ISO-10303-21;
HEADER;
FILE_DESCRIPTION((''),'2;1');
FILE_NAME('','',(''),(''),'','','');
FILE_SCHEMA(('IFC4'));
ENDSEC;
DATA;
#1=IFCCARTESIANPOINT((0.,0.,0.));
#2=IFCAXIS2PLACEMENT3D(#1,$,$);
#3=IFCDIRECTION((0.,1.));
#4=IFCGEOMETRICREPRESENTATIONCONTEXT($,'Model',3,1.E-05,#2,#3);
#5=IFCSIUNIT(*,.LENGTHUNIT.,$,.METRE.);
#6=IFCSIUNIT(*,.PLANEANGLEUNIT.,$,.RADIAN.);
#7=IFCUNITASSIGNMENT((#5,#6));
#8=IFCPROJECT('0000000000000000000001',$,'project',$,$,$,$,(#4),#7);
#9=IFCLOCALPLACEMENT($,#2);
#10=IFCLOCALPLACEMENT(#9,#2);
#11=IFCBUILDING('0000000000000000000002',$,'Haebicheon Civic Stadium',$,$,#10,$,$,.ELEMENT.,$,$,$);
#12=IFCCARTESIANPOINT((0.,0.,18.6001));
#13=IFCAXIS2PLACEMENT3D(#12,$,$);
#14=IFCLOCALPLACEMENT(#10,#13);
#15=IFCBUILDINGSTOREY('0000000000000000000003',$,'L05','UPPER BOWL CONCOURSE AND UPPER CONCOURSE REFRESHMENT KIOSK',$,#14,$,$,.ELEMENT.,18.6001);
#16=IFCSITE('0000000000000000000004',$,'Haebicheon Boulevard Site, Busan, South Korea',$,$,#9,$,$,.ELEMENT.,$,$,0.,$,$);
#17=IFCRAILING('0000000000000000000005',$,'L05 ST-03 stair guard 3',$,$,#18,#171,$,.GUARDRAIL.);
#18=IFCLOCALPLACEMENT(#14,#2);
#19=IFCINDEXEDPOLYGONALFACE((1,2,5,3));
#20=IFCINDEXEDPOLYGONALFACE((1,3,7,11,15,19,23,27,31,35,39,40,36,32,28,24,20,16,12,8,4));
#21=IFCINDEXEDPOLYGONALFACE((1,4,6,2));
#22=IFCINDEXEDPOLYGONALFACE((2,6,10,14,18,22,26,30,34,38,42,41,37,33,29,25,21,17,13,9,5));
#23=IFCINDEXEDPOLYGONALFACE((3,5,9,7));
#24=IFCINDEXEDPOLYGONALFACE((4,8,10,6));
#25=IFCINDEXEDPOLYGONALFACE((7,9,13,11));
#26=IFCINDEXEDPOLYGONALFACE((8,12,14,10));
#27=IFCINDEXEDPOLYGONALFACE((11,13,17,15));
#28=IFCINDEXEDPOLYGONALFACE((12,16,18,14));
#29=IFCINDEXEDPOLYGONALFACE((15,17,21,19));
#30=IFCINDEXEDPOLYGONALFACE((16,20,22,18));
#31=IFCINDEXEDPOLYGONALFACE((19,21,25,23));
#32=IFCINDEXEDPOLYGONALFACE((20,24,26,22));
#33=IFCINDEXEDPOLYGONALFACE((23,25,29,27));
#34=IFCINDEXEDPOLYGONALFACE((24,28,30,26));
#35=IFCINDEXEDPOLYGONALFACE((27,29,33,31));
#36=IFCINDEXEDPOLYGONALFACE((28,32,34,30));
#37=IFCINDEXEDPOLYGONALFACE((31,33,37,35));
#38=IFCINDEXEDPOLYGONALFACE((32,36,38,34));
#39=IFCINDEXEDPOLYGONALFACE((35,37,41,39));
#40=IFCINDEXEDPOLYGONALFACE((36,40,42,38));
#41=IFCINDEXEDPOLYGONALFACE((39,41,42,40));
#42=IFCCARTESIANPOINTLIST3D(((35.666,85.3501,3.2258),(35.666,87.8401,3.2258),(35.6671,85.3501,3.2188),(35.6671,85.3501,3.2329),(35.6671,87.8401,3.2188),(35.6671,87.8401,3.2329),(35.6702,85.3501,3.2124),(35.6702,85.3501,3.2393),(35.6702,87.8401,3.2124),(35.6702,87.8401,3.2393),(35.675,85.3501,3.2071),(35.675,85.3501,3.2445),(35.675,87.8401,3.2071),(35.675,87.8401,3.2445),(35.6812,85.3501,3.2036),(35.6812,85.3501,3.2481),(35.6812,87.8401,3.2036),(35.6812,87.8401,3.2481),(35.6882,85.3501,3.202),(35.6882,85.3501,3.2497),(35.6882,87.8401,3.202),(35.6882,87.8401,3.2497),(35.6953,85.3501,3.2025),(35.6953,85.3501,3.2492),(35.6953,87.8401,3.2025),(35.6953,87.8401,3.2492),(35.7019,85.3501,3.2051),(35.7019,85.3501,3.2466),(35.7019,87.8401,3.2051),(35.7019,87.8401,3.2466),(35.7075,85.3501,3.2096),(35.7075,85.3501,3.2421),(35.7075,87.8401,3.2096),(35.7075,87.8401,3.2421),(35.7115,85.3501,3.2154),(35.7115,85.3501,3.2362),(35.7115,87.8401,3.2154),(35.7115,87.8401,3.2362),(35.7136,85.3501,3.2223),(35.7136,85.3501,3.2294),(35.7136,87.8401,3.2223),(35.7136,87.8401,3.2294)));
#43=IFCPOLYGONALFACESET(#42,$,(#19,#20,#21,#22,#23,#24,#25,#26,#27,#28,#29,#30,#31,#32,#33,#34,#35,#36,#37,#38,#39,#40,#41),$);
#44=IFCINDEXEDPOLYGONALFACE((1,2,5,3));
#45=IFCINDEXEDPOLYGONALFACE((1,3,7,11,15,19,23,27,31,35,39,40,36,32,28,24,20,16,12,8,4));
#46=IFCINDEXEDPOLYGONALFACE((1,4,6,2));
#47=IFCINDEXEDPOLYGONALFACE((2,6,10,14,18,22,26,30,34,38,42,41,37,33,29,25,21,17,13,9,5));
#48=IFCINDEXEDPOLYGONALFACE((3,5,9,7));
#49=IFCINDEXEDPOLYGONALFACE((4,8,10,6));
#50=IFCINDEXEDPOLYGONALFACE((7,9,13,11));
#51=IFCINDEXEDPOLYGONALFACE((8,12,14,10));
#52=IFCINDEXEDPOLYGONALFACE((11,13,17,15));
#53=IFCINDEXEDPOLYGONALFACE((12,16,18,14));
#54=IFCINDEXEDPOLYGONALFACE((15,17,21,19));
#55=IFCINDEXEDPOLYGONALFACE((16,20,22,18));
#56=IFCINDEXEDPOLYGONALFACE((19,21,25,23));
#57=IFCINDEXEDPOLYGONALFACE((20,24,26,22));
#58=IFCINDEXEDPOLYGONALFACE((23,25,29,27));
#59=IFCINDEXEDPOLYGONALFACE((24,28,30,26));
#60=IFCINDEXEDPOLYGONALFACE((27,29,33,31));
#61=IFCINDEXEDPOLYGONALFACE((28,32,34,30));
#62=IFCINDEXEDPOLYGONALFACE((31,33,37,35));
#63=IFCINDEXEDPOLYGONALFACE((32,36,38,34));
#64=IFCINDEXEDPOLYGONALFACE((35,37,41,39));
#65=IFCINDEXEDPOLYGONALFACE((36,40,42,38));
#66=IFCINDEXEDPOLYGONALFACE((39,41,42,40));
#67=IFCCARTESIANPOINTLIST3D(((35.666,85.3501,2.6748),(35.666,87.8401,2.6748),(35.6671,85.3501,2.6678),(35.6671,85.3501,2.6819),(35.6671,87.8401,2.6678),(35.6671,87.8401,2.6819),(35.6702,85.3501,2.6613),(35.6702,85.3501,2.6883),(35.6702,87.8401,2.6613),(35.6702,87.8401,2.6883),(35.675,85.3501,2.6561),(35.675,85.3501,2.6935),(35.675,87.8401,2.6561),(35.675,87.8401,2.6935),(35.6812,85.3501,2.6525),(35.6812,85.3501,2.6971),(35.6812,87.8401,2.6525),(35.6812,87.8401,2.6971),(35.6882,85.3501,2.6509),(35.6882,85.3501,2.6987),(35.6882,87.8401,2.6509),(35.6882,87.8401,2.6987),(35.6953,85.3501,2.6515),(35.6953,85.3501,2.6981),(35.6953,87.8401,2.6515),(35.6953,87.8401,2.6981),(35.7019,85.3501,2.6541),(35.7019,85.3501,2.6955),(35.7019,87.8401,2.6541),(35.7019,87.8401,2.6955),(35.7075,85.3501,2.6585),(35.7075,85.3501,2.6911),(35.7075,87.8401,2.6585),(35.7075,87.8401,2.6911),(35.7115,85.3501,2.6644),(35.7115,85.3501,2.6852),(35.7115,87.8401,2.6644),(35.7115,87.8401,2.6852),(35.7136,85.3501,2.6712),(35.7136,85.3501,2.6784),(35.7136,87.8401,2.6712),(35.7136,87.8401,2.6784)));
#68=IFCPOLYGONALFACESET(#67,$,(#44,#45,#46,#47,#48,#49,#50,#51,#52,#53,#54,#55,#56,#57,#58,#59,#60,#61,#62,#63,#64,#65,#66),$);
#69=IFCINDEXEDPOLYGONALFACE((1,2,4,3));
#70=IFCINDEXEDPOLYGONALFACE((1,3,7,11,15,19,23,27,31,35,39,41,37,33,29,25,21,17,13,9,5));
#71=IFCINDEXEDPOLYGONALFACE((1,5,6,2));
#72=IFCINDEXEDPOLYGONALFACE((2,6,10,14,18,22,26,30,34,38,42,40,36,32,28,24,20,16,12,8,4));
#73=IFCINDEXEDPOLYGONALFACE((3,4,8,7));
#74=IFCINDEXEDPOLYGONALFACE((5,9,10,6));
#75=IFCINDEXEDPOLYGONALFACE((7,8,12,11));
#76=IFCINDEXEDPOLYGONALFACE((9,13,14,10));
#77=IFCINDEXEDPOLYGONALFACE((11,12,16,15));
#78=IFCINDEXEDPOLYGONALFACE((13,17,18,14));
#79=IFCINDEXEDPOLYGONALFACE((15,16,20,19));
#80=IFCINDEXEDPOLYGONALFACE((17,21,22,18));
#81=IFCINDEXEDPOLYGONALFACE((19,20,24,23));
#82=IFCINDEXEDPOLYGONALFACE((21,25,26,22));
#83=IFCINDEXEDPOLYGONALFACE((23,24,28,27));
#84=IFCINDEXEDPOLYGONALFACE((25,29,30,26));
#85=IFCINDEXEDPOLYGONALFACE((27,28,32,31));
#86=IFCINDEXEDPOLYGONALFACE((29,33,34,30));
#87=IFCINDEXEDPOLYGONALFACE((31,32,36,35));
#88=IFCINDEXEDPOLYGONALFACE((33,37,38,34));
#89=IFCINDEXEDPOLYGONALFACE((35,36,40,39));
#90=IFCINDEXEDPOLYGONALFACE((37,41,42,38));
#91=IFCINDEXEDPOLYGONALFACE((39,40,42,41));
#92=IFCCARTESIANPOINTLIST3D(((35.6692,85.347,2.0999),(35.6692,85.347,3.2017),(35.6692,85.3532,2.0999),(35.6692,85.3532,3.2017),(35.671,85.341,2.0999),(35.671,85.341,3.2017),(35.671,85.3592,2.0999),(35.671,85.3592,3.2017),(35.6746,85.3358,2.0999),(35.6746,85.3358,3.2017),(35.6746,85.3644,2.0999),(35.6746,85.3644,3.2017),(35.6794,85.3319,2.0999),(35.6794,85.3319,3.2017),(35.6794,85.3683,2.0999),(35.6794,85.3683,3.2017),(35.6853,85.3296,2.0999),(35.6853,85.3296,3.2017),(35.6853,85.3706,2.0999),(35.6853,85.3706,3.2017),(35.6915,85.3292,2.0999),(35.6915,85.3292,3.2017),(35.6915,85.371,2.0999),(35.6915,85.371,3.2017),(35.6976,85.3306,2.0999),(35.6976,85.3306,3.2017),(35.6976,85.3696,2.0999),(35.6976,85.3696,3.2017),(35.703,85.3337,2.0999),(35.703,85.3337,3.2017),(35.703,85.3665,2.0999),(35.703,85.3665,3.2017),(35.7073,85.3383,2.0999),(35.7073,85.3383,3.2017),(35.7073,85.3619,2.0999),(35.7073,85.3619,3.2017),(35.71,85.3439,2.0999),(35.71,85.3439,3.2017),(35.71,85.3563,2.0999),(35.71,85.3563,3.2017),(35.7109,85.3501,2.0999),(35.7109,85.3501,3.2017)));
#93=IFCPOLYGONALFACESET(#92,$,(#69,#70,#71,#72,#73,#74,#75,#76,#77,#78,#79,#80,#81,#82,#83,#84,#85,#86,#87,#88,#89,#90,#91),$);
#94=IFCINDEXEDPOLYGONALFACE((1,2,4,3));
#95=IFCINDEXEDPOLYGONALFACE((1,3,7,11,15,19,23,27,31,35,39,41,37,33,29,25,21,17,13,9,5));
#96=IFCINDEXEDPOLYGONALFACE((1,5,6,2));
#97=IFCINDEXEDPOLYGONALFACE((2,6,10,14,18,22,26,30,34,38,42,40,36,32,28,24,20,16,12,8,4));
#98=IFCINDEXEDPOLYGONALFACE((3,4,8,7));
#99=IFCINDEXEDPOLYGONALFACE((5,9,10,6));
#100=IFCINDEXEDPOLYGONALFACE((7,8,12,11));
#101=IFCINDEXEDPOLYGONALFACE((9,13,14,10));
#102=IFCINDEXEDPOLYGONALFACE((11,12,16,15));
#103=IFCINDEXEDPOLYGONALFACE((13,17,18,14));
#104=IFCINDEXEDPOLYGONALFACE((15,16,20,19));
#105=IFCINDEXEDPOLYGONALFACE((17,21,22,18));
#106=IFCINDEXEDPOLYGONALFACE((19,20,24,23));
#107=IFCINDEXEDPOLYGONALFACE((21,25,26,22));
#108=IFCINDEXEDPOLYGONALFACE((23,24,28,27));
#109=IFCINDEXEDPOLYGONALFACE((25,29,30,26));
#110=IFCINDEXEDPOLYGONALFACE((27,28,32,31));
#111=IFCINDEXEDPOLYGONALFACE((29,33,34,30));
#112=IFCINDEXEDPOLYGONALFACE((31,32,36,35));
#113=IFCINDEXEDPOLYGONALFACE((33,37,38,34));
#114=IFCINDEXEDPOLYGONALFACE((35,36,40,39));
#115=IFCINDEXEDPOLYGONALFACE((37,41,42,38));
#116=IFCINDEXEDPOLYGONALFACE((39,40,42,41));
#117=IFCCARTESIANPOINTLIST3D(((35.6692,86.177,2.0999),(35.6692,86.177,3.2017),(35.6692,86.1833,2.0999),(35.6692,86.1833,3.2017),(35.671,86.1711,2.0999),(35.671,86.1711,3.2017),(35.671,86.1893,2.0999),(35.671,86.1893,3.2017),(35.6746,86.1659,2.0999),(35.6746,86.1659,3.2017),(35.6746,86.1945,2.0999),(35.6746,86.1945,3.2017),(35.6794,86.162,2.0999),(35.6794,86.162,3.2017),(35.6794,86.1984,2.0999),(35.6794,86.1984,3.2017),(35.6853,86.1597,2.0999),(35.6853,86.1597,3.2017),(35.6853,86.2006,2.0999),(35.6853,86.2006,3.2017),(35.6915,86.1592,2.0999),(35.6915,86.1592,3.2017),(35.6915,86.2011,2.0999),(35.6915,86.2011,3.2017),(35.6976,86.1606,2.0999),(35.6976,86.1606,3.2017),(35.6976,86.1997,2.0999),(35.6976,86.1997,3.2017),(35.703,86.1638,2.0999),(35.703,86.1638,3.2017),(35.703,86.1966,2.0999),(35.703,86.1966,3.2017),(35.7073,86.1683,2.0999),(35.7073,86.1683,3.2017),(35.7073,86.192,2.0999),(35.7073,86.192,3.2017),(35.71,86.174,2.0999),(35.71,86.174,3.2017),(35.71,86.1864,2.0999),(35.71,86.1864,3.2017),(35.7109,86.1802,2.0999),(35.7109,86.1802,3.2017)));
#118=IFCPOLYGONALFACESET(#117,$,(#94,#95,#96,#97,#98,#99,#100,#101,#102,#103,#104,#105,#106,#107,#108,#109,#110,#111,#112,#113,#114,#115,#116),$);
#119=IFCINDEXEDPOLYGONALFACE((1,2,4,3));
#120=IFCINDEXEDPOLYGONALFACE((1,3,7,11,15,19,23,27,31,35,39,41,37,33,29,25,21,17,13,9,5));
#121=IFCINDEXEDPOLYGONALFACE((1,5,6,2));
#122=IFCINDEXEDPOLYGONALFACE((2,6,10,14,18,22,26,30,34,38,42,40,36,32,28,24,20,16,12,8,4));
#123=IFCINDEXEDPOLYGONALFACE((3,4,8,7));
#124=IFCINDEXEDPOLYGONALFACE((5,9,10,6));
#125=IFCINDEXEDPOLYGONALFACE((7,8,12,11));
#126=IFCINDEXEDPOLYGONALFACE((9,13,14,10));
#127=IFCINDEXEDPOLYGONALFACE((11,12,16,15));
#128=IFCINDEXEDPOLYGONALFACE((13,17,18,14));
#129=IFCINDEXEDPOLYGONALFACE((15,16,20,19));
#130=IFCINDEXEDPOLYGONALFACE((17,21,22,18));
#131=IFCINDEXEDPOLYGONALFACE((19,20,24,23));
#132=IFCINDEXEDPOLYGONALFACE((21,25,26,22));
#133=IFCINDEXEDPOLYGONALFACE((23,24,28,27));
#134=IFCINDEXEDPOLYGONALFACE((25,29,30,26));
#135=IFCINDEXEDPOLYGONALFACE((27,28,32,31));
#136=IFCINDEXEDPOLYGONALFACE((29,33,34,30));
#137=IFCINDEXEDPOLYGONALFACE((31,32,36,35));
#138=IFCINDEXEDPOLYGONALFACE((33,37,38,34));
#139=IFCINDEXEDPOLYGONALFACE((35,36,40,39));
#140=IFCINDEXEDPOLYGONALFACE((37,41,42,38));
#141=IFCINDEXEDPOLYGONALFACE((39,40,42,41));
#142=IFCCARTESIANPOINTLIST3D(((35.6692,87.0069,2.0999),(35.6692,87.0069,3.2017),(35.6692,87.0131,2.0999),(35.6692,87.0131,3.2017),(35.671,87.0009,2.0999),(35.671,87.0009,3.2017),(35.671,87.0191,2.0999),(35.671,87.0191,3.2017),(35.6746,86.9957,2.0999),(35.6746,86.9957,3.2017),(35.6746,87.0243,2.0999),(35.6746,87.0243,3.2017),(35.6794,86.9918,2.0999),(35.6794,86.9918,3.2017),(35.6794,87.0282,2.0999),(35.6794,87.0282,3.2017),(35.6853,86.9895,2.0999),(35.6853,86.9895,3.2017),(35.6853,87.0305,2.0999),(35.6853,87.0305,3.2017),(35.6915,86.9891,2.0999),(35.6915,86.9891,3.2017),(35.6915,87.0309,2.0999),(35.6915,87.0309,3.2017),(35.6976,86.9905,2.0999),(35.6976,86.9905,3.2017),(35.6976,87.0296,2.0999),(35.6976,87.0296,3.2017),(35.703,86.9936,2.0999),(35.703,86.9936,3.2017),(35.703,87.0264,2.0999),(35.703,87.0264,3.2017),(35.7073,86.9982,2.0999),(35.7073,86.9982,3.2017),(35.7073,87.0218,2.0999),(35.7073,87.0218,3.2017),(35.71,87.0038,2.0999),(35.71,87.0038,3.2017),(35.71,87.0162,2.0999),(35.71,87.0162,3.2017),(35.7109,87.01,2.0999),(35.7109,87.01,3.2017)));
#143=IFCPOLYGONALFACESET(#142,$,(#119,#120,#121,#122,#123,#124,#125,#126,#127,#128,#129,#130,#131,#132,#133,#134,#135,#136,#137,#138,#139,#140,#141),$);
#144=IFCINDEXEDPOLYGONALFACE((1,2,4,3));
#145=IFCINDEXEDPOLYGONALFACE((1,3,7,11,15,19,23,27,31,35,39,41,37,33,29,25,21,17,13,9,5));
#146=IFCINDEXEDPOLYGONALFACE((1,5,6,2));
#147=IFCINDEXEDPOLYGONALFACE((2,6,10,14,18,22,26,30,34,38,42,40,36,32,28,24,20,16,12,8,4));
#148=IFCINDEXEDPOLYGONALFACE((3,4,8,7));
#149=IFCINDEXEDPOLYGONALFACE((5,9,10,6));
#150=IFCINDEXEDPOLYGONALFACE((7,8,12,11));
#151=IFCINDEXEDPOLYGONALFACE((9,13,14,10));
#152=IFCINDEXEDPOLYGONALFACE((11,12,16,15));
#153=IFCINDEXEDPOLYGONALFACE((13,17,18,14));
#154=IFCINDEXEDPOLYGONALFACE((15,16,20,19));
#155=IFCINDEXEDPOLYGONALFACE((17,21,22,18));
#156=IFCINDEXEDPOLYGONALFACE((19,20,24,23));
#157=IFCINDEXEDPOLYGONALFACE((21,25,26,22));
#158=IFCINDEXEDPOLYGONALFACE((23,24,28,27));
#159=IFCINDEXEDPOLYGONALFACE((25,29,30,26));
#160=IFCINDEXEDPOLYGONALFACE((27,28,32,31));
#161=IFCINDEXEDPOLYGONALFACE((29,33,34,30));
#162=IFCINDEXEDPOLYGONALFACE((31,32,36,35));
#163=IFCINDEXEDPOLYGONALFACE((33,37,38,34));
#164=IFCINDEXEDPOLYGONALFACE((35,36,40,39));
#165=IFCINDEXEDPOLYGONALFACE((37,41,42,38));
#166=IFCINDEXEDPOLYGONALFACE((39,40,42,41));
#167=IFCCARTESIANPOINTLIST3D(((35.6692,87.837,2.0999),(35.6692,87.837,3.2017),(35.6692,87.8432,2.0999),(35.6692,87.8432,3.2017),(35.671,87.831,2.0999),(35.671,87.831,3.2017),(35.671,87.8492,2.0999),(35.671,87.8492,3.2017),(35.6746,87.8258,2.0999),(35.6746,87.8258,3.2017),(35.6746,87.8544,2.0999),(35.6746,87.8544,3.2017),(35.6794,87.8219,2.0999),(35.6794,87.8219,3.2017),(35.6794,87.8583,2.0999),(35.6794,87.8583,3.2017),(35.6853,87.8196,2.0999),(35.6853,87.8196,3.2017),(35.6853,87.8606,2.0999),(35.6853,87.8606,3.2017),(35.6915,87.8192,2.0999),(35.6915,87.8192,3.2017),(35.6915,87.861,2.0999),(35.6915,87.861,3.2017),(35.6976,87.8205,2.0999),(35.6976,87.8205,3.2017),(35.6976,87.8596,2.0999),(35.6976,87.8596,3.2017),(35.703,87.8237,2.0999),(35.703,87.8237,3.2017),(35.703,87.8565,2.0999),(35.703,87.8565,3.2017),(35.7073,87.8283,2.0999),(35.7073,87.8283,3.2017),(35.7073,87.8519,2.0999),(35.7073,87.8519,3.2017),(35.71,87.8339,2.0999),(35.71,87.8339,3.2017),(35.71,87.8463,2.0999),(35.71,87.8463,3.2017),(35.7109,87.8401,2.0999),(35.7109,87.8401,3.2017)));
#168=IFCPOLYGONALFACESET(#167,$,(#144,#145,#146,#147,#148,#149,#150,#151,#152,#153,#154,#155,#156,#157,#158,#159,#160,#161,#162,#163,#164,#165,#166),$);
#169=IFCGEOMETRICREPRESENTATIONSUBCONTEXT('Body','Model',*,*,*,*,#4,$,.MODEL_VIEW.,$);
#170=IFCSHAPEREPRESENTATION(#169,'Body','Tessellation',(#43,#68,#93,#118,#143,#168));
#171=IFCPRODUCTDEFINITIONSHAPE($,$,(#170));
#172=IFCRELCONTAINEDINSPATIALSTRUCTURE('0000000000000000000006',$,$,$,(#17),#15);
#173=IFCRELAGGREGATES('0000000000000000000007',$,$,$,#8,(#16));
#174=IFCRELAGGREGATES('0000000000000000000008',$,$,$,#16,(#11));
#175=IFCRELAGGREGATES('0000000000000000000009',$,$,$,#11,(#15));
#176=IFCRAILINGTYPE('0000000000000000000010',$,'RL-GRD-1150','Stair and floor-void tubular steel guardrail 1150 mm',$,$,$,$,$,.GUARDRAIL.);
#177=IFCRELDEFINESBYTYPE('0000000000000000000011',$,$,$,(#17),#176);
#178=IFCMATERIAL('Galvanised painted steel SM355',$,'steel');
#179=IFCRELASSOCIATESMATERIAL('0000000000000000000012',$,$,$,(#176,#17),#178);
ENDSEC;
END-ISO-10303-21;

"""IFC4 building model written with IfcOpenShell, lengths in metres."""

from ifc_helpers import new_model, si_unit, direction, frame, origin, origin_2d, place, context, subcontext, project, spatial, circle, extrude, material, type_object, element, save


model = new_model("IFC4")

# Units and contexts
model_context = context("Model", 3, precision=1e-05, world=origin(), true_north=direction((0.0, 1.0)))
body_context = subcontext(model_context, "Body", "Model", "MODEL_VIEW")
ifc_project = project(units=[si_unit("LENGTHUNIT", "METRE"), si_unit("PLANEANGLEUNIT", "RADIAN")], contexts=[model_context])

# Site, building, storey
site_placement = place(None, origin())
site = spatial("IfcSite", under=ifc_project, at=site_placement, Name="Haebicheon Boulevard Site, Busan, South Korea", CompositionType="ELEMENT", RefElevation=0.0)
building_placement = place(site_placement, origin())
building = spatial("IfcBuilding", under=site, at=building_placement, Name="Haebicheon Civic Stadium", CompositionType="ELEMENT")
storey_placement = place(building_placement, frame((0.0, 0.0, 18.6001)))
storey = spatial("IfcBuildingStorey", under=building, at=storey_placement, Name="L05", Description="UPPER BOWL CONCOURSE AND UPPER CONCOURSE REFRESHMENT KIOSK", CompositionType="ELEMENT", Elevation=18.6001)

# Railing
ifc_material_1 = material(Name="Galvanised painted steel SM355", Category="steel")
railing_type_1 = type_object("IfcRailingType", Name="RL-GRD-1150", Description="Stair and floor-void tubular steel guardrail 1150 mm", PredefinedType="GUARDRAIL", material=ifc_material_1)
for number, where, name in (
    (1, (35.6899, 85.3501, 2.0999), "L05 ST-03 stair guard 3"),
):
    element("IfcRailing", number, at=place(storey_placement, frame(where)), inside=storey, type_object=railing_type_1, material=ifc_material_1, Name=name, PredefinedType="GUARDRAIL", context=body_context, shape_type="SweptSolid", body=[
        extrude(circle(Radius=0.0239, at=origin_2d()), frame((0.0, 0.0, 1.126), z_axis=(0.0, 1.0, 0.0), x_axis=(-1.0, 0.0, 0.0)), (0.0, 0.0, 1.0), 2.49),
        extrude(circle(Radius=0.0239, at=origin_2d()), frame((0.0, 0.0, 0.575), z_axis=(0.0, 1.0, 0.0), x_axis=(-1.0, 0.0, 0.0)), (0.0, 0.0, 1.0), 2.49),
        extrude(circle(Radius=0.021, at=origin_2d()), origin(), (0.0, 0.0, 1.0), 1.1018),
        extrude(circle(Radius=0.021, at=origin_2d()), frame((0.0, 0.8301, 0.0)), (0.0, 0.0, 1.0), 1.1018),
        extrude(circle(Radius=0.021, at=origin_2d()), frame((0.0, 1.6599, 0.0)), (0.0, 0.0, 1.0), 1.1018),
        extrude(circle(Radius=0.021, at=origin_2d()), frame((0.0, 2.49, 0.0)), (0.0, 0.0, 1.0), 1.1018),
    ])

save(model, "model.ifc")
